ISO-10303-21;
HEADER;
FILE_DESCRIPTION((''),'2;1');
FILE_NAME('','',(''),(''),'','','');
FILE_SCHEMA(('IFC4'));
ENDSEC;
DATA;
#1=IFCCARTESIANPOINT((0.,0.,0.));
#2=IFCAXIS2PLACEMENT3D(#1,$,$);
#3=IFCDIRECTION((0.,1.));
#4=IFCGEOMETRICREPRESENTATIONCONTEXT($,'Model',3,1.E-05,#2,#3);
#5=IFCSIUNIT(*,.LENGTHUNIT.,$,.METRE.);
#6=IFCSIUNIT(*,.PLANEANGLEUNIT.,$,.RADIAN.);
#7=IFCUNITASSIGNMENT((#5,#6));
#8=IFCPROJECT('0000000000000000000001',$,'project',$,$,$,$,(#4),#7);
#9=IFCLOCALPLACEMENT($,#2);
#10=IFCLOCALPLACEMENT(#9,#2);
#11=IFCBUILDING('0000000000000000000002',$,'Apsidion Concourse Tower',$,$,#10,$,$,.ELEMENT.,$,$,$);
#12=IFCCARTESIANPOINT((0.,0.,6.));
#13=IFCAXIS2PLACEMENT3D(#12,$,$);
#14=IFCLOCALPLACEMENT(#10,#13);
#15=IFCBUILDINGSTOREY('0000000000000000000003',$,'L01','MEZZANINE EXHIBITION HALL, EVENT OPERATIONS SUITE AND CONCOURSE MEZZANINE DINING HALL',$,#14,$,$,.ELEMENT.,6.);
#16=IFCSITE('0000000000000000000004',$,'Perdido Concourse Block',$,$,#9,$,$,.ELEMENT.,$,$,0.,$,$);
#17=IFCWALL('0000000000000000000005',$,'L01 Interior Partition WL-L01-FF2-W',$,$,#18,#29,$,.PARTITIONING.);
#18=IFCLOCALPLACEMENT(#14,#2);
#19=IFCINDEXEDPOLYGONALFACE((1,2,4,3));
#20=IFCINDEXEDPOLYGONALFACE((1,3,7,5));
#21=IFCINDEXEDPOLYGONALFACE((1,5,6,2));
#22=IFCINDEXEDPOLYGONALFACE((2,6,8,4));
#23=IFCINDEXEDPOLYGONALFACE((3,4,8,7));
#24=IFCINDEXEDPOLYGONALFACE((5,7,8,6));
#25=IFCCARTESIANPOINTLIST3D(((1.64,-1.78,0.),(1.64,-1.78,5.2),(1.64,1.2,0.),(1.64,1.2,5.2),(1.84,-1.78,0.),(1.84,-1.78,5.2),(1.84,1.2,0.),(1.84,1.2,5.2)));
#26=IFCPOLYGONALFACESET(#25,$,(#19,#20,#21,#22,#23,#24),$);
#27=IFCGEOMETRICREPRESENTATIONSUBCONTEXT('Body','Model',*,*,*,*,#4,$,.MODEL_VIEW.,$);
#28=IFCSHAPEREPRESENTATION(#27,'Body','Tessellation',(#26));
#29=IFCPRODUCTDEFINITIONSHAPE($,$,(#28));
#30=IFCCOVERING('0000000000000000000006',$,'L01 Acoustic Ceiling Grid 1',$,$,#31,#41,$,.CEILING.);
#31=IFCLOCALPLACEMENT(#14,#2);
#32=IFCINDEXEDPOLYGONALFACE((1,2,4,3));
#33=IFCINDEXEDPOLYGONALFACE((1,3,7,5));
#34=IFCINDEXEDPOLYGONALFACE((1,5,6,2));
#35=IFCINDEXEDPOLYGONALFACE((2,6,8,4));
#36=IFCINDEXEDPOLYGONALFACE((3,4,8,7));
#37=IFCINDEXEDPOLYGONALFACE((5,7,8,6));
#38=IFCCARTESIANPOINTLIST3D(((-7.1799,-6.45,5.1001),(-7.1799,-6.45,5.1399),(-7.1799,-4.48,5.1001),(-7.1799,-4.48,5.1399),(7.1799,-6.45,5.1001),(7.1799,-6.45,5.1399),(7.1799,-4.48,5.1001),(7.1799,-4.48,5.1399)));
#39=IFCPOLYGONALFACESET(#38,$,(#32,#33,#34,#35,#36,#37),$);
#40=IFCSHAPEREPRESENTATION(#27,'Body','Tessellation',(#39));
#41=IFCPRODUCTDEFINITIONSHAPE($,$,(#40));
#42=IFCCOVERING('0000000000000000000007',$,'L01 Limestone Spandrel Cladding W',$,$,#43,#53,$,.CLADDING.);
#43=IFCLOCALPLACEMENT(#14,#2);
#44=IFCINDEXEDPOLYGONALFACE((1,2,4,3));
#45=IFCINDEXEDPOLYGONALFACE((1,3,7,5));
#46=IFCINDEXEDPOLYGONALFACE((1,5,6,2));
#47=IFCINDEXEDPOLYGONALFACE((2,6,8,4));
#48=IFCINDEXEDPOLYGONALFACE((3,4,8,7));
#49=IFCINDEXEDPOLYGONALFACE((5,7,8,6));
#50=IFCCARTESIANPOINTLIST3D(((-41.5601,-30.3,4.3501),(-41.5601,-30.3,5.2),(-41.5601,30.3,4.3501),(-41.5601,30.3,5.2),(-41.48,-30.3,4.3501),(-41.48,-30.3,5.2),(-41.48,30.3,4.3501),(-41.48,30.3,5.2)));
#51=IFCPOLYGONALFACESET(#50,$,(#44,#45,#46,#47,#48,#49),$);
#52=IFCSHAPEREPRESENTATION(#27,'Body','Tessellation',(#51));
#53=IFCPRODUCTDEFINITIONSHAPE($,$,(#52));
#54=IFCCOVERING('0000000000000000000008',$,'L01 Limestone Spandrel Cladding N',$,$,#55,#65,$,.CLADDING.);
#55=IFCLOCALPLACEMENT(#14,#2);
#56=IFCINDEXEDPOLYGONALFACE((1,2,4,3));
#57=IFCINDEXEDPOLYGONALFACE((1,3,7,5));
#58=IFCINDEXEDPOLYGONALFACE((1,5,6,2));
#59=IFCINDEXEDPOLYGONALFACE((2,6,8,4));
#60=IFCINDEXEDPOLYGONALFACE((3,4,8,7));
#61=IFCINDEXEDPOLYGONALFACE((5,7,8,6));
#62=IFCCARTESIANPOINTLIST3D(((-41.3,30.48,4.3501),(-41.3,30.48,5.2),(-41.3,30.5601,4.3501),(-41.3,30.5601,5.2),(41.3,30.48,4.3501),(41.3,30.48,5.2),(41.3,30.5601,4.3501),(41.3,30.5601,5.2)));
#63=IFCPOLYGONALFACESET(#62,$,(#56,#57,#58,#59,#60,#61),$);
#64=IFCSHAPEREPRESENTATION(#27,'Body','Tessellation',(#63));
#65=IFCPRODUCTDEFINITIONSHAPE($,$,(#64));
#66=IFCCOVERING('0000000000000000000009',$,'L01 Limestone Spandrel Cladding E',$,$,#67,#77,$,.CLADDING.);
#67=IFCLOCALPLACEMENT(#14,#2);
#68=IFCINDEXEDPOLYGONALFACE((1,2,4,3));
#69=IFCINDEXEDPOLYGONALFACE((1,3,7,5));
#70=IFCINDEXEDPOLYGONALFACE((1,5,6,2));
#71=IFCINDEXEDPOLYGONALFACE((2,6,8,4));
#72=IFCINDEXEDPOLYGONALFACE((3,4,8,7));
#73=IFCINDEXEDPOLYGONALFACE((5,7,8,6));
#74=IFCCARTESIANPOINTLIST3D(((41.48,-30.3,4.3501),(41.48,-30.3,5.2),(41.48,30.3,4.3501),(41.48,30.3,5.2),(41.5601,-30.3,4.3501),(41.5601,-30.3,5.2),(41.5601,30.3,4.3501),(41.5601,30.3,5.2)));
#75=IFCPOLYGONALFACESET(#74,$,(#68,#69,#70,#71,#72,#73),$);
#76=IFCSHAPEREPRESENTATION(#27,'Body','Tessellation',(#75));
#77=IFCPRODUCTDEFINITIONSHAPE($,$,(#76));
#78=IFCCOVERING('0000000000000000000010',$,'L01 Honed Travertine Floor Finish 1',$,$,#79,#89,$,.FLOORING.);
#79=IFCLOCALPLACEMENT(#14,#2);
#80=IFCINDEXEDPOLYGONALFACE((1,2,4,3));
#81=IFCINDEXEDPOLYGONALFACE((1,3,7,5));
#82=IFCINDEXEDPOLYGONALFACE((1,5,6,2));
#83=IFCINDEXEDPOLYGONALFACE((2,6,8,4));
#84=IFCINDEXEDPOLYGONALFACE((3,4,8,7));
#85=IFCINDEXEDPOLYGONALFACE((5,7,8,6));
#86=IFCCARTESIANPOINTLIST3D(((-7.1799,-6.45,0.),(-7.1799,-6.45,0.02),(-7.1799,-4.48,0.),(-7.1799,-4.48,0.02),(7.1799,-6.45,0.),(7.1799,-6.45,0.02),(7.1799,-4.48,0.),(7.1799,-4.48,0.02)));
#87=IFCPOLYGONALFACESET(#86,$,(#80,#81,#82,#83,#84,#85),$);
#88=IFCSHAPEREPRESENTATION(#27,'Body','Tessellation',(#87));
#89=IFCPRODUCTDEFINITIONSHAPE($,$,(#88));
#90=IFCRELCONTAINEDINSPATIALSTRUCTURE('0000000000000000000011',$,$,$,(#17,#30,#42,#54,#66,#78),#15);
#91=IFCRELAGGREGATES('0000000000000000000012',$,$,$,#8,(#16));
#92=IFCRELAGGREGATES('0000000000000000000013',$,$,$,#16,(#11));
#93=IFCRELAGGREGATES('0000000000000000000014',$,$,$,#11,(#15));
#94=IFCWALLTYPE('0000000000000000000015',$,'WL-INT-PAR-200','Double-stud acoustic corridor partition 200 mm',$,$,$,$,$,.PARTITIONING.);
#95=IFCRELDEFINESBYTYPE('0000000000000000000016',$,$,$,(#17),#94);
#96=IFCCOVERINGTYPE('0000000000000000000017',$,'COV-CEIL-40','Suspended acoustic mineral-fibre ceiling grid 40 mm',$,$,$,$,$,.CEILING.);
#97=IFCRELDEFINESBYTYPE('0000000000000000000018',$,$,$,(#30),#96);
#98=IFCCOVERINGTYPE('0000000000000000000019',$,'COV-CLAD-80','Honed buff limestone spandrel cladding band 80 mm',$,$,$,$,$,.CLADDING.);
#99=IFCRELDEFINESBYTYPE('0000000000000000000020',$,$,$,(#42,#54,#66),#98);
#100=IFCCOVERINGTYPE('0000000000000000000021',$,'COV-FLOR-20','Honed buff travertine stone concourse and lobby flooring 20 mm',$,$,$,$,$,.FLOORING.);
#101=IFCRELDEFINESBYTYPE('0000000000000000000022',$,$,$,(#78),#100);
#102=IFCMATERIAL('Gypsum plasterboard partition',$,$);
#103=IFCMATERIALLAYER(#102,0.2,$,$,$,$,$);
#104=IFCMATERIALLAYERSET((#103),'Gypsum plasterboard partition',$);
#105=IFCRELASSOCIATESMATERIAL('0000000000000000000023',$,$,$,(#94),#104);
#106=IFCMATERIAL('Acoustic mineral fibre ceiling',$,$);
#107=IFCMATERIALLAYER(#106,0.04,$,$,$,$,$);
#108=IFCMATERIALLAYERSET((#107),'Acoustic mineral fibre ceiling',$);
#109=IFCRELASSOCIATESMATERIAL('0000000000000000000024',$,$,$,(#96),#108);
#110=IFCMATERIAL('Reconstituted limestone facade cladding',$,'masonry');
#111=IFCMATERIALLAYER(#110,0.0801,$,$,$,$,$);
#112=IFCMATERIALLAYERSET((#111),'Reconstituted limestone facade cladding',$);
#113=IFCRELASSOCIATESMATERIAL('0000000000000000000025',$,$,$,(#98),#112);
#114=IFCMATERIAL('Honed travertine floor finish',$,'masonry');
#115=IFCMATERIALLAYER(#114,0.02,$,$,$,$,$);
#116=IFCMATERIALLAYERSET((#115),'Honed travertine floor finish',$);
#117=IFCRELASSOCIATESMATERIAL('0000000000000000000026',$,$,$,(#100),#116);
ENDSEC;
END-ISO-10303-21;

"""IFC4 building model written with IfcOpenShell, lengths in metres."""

from ifc_helpers import new_model, si_unit, direction, frame, frame_2d, origin, place, context, subcontext, project, spatial, polyline, rectangle, outline, extrude, material, layer, layer_set, type_object, element, save


model = new_model("IFC4")

# Units and contexts
model_context = context("Model", 3, precision=1e-05, world=origin(), true_north=direction((0.0, 1.0)))
body_context = subcontext(model_context, "Body", "Model", "MODEL_VIEW")
ifc_project = project(units=[si_unit("LENGTHUNIT", "METRE"), si_unit("PLANEANGLEUNIT", "RADIAN")], contexts=[model_context])

# Site, building, storey
site_placement = place(None, origin())
site = spatial("IfcSite", under=ifc_project, at=site_placement, Name="Perdido Concourse Block", CompositionType="ELEMENT", RefElevation=0.0)
building_placement = place(site_placement, origin())
building = spatial("IfcBuilding", under=site, at=building_placement, Name="Apsidion Concourse Tower", CompositionType="ELEMENT")
storey_placement = place(building_placement, frame((0.0, 0.0, 6.0)))
storey = spatial("IfcBuildingStorey", under=building, at=storey_placement, Name="L01", Description="MEZZANINE EXHIBITION HALL, EVENT OPERATIONS SUITE AND CONCOURSE MEZZANINE DINING HALL", CompositionType="ELEMENT", Elevation=6.0)

# Wall
ifc_material_1 = material(Name="Gypsum plasterboard partition")
ifc_layer_1 = layer(ifc_material_1, 0.2)
ifc_layer_set_1 = layer_set([ifc_layer_1], Name="Gypsum plasterboard partition")
wall_type_1 = type_object("IfcWallType", Name="WL-INT-PAR-200", Description="Double-stud acoustic corridor partition 200 mm", PredefinedType="PARTITIONING", material=ifc_layer_set_1)
wall_1_placement = place(storey_placement, frame((1.74, -1.78, 0.0), z_axis=(0.0, 0.0, 1.0), x_axis=(0.0, 1.0, 0.0)))
element("IfcWall", 1, at=wall_1_placement, inside=storey, type_object=wall_type_1, Name="L01 Interior Partition WL-L01-FF2-W", PredefinedType="PARTITIONING", context=body_context, shape_type="SweptSolid", body=[
    extrude(rectangle(XDim=2.98, YDim=0.2, at=frame_2d((1.49, 0.0))), origin(), (0.0, 0.0, 1.0), 5.2),
])

# Coverings
ifc_material_2 = material(Name="Acoustic mineral fibre ceiling")
ifc_layer_2 = layer(ifc_material_2, 0.04)
ifc_layer_set_2 = layer_set([ifc_layer_2], Name="Acoustic mineral fibre ceiling")
covering_type_1 = type_object("IfcCoveringType", Name="COV-CEIL-40", Description="Suspended acoustic mineral-fibre ceiling grid 40 mm", PredefinedType="CEILING", material=ifc_layer_set_2)
covering_1_placement = place(storey_placement, frame((0.0, 0.0, 5.1001)))
element("IfcCovering", 2, at=covering_1_placement, inside=storey, type_object=covering_type_1, Name="L01 Acoustic Ceiling Grid 1", PredefinedType="CEILING", context=body_context, shape_type="SweptSolid", body=[
    extrude(outline(polyline([(-7.1799, -6.45), (-7.1799, -4.48), (7.1799, -4.48), (7.1799, -6.45), (-7.1799, -6.45)])), origin(), (0.0, 0.0, 1.0), 0.0398),
])
ifc_material_3 = material(Name="Reconstituted limestone facade cladding", Category="masonry")
ifc_layer_3 = layer(ifc_material_3, 0.0801)
ifc_layer_set_3 = layer_set([ifc_layer_3], Name="Reconstituted limestone facade cladding")
covering_type_2 = type_object("IfcCoveringType", Name="COV-CLAD-80", Description="Honed buff limestone spandrel cladding band 80 mm", PredefinedType="CLADDING", material=ifc_layer_set_3)
covering_2_placement = place(storey_placement, frame((0.0, 0.0, 4.3501)))
element("IfcCovering", 3, at=covering_2_placement, inside=storey, type_object=covering_type_2, Name="L01 Limestone Spandrel Cladding W", PredefinedType="CLADDING", context=body_context, shape_type="SweptSolid", body=[
    extrude(outline(polyline([(-41.48, -30.3), (-41.48, 30.3), (-41.5601, 30.3), (-41.5601, -30.3), (-41.48, -30.3)])), origin(), (0.0, 0.0, 1.0), 0.8499),
])
covering_3_placement = place(storey_placement, frame((0.0, 0.0, 4.3501)))
element("IfcCovering", 4, at=covering_3_placement, inside=storey, type_object=covering_type_2, Name="L01 Limestone Spandrel Cladding N", PredefinedType="CLADDING", context=body_context, shape_type="SweptSolid", body=[
    extrude(outline(polyline([(-41.3, 30.48), (41.3, 30.48), (41.3, 30.5601), (-41.3, 30.5601), (-41.3, 30.48)])), origin(), (0.0, 0.0, 1.0), 0.8499),
])
covering_4_placement = place(storey_placement, frame((0.0, 0.0, 4.3501)))
element("IfcCovering", 5, at=covering_4_placement, inside=storey, type_object=covering_type_2, Name="L01 Limestone Spandrel Cladding E", PredefinedType="CLADDING", context=body_context, shape_type="SweptSolid", body=[
    extrude(outline(polyline([(41.48, 30.3), (41.48, -30.3), (41.5601, -30.3), (41.5601, 30.3), (41.48, 30.3)])), origin(), (0.0, 0.0, 1.0), 0.8499),
])
ifc_material_4 = material(Name="Honed travertine floor finish", Category="masonry")
ifc_layer_4 = layer(ifc_material_4, 0.02)
ifc_layer_set_4 = layer_set([ifc_layer_4], Name="Honed travertine floor finish")
covering_type_3 = type_object("IfcCoveringType", Name="COV-FLOR-20", Description="Honed buff travertine stone concourse and lobby flooring 20 mm", PredefinedType="FLOORING", material=ifc_layer_set_4)
covering_5_placement = place(storey_placement, origin())
element("IfcCovering", 6, at=covering_5_placement, inside=storey, type_object=covering_type_3, Name="L01 Honed Travertine Floor Finish 1", PredefinedType="FLOORING", context=body_context, shape_type="SweptSolid", body=[
    extrude(outline(polyline([(-7.1799, -6.45), (-7.1799, -4.48), (7.1799, -4.48), (7.1799, -6.45), (-7.1799, -6.45)])), origin(), (0.0, 0.0, 1.0), 0.02),
])

save(model, "model.ifc")
